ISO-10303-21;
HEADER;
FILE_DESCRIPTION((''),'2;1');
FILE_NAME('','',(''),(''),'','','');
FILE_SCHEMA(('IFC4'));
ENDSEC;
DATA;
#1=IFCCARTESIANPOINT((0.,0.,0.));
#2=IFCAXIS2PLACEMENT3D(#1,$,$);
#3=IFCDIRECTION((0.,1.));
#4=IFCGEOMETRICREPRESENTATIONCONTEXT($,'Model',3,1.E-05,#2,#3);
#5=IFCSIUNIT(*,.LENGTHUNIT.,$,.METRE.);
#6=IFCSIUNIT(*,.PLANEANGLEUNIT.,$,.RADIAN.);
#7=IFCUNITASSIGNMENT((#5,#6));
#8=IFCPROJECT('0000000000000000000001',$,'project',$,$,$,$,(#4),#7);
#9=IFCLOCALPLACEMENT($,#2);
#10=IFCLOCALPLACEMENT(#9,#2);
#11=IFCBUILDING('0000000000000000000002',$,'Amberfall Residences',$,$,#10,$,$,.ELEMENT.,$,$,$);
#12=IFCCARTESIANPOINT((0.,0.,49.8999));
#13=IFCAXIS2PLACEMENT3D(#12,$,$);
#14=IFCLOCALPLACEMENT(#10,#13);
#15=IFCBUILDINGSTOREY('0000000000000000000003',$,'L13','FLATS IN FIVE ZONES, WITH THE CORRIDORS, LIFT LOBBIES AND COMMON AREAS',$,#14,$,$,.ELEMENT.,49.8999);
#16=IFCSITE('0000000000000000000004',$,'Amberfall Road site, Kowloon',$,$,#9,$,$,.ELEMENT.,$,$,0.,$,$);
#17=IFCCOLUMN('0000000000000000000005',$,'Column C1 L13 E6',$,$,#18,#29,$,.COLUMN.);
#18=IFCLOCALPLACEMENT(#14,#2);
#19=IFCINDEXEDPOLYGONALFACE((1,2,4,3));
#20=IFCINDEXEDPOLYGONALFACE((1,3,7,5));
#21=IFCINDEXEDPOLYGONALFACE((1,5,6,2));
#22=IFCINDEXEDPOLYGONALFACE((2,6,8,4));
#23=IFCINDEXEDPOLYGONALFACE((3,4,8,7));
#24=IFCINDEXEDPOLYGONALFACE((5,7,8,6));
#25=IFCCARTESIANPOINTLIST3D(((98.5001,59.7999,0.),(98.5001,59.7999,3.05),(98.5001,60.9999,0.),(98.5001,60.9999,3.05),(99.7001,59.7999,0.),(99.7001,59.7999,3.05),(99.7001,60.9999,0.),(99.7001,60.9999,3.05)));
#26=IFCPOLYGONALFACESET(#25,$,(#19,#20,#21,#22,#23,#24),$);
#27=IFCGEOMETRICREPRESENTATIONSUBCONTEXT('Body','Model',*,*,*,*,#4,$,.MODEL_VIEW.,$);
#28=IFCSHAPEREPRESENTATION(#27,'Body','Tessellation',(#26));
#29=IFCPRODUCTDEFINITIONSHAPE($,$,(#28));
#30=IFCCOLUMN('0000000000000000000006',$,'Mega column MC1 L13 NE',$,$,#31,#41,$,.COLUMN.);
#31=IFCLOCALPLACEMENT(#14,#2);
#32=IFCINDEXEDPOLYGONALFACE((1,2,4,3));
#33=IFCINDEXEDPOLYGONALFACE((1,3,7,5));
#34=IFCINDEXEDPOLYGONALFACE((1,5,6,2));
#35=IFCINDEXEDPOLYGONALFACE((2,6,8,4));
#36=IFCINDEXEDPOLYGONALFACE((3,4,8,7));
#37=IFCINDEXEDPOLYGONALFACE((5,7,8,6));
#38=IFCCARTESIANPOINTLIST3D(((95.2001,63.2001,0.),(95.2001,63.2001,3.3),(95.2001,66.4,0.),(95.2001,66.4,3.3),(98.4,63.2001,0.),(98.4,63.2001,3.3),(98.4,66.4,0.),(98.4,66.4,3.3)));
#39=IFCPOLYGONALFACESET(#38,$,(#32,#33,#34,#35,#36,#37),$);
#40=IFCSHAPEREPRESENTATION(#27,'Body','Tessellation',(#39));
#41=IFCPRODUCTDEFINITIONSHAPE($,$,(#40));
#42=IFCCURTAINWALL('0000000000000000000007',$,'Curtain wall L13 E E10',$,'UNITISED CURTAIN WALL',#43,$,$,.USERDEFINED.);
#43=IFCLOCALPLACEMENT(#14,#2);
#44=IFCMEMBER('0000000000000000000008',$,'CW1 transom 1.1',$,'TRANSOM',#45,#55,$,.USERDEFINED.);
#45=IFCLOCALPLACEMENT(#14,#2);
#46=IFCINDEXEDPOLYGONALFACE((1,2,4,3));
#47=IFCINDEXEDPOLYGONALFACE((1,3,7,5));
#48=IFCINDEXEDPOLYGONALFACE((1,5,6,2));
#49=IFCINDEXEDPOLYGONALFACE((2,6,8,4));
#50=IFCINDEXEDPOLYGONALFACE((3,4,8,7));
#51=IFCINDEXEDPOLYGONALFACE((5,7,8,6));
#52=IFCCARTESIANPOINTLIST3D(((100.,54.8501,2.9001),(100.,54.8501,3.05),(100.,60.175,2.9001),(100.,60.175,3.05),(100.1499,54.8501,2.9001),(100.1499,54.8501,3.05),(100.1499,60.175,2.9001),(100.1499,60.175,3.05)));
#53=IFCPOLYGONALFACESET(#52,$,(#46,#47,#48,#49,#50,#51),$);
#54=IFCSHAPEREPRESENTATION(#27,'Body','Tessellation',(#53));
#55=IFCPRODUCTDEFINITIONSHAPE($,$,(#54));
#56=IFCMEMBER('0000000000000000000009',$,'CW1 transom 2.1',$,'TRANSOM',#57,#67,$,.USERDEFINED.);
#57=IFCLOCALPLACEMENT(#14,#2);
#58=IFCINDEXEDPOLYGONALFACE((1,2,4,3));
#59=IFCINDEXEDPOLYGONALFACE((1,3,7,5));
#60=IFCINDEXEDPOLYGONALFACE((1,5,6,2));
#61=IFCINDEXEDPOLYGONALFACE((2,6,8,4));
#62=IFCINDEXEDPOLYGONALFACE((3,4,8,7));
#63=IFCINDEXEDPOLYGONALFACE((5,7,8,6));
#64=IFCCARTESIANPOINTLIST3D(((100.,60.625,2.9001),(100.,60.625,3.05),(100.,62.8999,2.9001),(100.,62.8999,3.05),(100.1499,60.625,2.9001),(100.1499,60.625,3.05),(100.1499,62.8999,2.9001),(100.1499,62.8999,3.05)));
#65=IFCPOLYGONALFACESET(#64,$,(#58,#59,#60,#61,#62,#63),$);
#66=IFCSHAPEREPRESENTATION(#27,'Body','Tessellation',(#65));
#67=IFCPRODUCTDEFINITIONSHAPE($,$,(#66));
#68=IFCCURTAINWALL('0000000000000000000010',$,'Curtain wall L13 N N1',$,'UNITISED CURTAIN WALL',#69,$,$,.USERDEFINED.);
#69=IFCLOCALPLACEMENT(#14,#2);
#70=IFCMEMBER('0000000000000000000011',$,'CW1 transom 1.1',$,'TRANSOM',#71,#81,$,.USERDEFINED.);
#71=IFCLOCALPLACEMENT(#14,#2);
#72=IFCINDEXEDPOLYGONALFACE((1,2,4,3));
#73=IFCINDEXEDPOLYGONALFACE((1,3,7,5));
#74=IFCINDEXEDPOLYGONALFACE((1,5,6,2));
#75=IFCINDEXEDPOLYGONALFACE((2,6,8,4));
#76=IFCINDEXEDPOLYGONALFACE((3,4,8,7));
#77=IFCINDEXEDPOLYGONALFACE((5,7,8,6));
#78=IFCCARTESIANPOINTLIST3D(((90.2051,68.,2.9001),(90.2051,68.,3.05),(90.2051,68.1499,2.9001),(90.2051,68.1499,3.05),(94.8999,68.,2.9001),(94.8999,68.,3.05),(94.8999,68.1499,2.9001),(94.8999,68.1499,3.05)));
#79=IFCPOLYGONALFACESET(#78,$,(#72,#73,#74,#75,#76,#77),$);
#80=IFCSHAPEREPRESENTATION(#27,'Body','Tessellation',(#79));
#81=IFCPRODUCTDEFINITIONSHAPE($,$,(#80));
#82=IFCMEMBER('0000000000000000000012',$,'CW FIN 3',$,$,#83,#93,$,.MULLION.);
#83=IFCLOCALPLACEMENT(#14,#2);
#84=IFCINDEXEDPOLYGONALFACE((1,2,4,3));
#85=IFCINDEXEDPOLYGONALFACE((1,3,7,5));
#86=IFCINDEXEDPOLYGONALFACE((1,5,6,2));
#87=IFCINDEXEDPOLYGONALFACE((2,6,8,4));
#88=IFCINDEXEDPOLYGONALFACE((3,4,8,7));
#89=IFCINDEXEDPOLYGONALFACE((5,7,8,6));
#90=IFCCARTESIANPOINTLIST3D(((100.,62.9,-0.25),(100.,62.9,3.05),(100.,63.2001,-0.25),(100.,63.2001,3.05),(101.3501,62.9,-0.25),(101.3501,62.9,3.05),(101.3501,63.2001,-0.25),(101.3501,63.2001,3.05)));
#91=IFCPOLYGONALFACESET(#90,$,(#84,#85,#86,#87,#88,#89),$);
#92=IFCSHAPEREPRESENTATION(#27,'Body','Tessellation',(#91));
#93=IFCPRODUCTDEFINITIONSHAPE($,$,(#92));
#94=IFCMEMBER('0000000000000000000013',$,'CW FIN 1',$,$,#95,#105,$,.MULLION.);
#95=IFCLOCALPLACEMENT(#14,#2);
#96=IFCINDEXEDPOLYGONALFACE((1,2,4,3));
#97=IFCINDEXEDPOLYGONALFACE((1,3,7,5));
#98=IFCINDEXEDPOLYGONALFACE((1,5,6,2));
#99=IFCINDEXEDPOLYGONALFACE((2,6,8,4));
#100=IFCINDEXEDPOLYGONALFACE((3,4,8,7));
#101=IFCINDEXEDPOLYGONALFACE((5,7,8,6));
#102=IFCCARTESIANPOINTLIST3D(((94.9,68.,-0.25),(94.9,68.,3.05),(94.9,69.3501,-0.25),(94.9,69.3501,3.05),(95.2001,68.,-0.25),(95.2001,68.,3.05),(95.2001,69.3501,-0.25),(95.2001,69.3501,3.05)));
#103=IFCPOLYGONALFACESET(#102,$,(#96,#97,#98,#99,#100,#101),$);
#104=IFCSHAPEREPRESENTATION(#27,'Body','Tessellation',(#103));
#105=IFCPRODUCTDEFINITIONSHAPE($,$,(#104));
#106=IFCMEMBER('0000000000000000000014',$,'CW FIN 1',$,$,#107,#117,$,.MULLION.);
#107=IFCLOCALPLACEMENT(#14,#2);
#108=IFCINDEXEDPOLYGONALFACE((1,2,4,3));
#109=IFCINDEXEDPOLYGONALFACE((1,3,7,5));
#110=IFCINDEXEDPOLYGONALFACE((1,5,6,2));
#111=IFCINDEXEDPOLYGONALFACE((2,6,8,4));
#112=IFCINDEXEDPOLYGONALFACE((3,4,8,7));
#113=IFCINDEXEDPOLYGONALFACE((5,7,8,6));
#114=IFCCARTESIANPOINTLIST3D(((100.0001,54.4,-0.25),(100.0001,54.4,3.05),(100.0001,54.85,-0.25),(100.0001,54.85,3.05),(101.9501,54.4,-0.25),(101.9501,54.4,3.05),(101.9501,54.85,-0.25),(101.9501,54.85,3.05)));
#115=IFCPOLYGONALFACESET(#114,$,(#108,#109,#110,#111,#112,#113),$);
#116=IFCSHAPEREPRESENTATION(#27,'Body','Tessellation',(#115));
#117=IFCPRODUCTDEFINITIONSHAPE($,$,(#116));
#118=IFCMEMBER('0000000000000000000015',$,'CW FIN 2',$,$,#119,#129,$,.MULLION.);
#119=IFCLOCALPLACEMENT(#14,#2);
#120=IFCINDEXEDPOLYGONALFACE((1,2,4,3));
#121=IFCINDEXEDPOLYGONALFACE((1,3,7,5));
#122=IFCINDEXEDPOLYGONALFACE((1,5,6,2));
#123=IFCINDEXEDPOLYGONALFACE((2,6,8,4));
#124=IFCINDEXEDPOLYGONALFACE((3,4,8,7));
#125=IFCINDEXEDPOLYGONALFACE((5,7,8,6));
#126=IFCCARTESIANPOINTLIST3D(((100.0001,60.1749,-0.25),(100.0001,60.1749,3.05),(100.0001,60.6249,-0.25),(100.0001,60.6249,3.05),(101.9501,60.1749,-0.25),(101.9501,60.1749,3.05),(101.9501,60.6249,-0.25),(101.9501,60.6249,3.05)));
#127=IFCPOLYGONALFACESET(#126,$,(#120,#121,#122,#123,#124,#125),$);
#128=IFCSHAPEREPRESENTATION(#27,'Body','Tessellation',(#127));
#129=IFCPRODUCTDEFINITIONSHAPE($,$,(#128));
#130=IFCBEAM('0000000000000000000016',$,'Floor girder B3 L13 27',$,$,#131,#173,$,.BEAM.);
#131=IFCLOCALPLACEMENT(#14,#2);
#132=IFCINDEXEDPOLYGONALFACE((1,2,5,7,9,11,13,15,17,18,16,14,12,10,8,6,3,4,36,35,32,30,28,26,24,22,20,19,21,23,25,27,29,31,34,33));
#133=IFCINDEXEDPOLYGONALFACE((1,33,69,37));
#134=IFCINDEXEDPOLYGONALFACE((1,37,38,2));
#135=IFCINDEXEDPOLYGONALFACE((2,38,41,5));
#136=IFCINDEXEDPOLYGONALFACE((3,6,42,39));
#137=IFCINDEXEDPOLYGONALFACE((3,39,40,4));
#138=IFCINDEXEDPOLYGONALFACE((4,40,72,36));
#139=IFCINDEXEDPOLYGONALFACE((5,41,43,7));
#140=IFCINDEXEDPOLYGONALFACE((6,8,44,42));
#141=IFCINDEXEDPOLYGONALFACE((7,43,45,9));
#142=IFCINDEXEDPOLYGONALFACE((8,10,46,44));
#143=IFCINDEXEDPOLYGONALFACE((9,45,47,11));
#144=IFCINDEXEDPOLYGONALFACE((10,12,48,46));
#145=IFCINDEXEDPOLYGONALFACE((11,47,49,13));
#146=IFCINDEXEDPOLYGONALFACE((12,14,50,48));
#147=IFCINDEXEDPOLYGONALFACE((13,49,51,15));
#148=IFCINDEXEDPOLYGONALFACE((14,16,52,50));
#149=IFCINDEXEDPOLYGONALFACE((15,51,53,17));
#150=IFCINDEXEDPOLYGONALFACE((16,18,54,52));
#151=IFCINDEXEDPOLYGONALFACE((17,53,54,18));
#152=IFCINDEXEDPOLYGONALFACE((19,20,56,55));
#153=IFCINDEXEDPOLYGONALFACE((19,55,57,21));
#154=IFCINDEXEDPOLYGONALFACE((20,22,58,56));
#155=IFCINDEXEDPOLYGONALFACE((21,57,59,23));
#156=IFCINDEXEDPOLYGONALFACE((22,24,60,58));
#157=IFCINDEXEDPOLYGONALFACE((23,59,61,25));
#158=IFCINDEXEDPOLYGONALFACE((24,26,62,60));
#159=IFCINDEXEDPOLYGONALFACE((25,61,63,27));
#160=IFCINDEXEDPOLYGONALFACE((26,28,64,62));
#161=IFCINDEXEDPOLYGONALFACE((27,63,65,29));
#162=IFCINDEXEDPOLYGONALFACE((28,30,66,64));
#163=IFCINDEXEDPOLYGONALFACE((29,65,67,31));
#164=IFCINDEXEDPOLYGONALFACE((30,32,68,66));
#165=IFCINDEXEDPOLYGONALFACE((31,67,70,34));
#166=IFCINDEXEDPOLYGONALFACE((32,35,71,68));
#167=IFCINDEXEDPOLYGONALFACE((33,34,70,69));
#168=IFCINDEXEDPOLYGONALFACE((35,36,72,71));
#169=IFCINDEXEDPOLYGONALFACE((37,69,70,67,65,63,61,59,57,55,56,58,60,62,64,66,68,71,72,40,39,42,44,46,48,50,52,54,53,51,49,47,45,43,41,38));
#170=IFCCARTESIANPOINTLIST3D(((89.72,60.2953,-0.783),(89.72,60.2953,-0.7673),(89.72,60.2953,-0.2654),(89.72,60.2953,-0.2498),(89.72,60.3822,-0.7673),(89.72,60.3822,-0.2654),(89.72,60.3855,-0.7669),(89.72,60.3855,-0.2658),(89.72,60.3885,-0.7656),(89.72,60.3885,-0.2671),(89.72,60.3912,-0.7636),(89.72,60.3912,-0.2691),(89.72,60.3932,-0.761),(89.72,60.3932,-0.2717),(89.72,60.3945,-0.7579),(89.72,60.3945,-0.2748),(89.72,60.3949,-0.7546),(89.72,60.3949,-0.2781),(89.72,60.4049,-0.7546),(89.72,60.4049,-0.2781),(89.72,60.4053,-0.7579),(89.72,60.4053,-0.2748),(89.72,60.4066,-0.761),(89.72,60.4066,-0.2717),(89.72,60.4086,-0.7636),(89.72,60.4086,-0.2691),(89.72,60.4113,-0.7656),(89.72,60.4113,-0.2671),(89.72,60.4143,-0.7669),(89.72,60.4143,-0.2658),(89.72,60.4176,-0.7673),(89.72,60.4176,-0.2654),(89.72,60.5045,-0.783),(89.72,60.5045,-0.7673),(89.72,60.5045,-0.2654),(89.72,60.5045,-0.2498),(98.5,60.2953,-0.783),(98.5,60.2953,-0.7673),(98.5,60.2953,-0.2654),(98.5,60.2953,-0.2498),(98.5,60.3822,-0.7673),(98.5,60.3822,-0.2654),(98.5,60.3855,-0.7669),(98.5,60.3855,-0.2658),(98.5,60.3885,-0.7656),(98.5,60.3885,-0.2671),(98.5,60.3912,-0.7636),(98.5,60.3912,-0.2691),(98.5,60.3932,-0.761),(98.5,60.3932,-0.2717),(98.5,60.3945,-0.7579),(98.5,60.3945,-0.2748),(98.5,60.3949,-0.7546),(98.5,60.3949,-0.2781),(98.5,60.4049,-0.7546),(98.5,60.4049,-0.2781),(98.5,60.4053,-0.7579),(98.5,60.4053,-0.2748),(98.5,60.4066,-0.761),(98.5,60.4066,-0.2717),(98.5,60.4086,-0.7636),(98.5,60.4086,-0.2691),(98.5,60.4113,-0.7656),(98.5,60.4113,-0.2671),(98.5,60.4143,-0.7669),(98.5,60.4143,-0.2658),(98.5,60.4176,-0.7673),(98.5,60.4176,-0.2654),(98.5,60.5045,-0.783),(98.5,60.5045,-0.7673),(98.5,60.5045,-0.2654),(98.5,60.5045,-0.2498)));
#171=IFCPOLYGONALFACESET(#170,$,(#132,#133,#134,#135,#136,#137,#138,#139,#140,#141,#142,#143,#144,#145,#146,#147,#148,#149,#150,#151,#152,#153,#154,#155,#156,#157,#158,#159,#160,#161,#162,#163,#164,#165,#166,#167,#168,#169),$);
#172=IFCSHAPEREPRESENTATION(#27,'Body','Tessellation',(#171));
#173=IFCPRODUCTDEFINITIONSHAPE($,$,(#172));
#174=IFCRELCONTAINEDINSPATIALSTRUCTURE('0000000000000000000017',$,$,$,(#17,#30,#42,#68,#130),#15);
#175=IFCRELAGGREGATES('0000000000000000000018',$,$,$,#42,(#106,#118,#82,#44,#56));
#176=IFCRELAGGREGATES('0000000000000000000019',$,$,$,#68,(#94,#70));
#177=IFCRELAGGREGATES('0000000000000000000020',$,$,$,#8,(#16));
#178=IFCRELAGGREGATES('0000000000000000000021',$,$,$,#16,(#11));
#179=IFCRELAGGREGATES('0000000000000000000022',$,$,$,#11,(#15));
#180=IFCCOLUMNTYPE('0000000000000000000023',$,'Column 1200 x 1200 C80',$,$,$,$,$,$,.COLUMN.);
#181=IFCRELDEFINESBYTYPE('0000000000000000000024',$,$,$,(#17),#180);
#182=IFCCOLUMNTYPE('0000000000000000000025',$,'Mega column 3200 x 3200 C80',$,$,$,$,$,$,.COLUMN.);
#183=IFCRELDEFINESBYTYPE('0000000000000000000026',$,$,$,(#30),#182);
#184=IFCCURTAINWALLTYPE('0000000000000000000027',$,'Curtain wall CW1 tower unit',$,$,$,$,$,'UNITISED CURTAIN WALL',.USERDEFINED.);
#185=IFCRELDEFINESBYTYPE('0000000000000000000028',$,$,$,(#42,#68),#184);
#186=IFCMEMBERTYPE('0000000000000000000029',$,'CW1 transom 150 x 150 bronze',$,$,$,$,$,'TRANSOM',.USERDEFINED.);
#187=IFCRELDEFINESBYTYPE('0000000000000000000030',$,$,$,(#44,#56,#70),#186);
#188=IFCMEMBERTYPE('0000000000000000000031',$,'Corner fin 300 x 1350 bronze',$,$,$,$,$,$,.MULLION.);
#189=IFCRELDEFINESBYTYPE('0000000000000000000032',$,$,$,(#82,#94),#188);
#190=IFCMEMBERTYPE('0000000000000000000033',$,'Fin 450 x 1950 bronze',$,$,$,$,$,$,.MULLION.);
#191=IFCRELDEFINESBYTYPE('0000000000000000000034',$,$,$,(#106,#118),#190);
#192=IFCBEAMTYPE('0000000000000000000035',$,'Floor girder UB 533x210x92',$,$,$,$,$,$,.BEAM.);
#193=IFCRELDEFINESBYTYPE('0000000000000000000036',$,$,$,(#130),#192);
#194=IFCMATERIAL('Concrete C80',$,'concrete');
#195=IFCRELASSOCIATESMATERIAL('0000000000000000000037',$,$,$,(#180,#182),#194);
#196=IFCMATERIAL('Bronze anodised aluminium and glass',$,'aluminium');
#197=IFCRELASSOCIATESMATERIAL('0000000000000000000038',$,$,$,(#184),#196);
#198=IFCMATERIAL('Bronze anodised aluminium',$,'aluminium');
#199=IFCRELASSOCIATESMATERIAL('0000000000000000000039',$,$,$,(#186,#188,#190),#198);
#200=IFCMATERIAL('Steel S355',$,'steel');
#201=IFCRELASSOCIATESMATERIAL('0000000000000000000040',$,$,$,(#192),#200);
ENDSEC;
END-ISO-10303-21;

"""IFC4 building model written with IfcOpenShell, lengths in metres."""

from ifc_helpers import new_model, si_unit, direction, frame, origin, origin_2d, place, context, subcontext, project, spatial, rectangle, i_section, extrude, material, material_profile, profile_set, type_object, element, aggregate, save


model = new_model("IFC4")

# Units and contexts
model_context = context("Model", 3, precision=1e-05, world=origin(), true_north=direction((0.0, 1.0)))
body_context = subcontext(model_context, "Body", "Model", "MODEL_VIEW")
ifc_project = project(units=[si_unit("LENGTHUNIT", "METRE"), si_unit("PLANEANGLEUNIT", "RADIAN")], contexts=[model_context])

# Site, building, storey
site_placement = place(None, origin())
site = spatial("IfcSite", under=ifc_project, at=site_placement, Name="Amberfall Road site, Kowloon", CompositionType="ELEMENT", RefElevation=0.0)
building_placement = place(site_placement, origin())
building = spatial("IfcBuilding", under=site, at=building_placement, Name="Amberfall Residences", CompositionType="ELEMENT")
storey_placement = place(building_placement, frame((0.0, 0.0, 49.8999)))
storey = spatial("IfcBuildingStorey", under=building, at=storey_placement, Name="L13", Description="FLATS IN FIVE ZONES, WITH THE CORRIDORS, LIFT LOBBIES AND COMMON AREAS", CompositionType="ELEMENT", Elevation=49.8999)

# Columns
ifc_material_1 = material(Name="Concrete C80", Category="concrete")
ifc_material_profile_1 = material_profile(ifc_material_1, rectangle(XDim=1.2, YDim=1.2, at=origin_2d()), Name="Column 1200 x 1200 C80")
ifc_profile_set_1 = profile_set([ifc_material_profile_1], Name="Concrete C80")
column_type_1 = type_object("IfcColumnType", Name="Column 1200 x 1200 C80", PredefinedType="COLUMN", material=ifc_profile_set_1)
column_1_placement = place(storey_placement, frame((99.1001, 60.3999, 0.0), z_axis=(0.0, 0.0, 1.0), x_axis=(1.0, 0.0, 0.0)))
element("IfcColumn", 1, at=column_1_placement, inside=storey, type_object=column_type_1, Name="Column C1 L13 E6", PredefinedType="COLUMN", context=body_context, shape_type="SweptSolid", body=[
    extrude(rectangle(XDim=1.2, YDim=1.2, at=origin_2d()), origin(), (0.0, 0.0, 1.0), 3.05),
])
ifc_material_profile_2 = material_profile(ifc_material_1, rectangle(XDim=3.2, YDim=3.2, at=origin_2d()), Name="Mega column 3200 x 3200 C80")
ifc_profile_set_2 = profile_set([ifc_material_profile_2], Name="Concrete C80")
column_type_2 = type_object("IfcColumnType", Name="Mega column 3200 x 3200 C80", PredefinedType="COLUMN", material=ifc_profile_set_2)
column_2_placement = place(storey_placement, frame((96.8, 64.8, 0.0), z_axis=(0.0, 0.0, 1.0), x_axis=(1.0, 0.0, 0.0)))
element("IfcColumn", 2, at=column_2_placement, inside=storey, type_object=column_type_2, Name="Mega column MC1 L13 NE", PredefinedType="COLUMN", context=body_context, shape_type="SweptSolid", body=[
    extrude(rectangle(XDim=3.2, YDim=3.2, at=origin_2d()), origin(), (0.0, 0.0, 1.0), 3.3),
])

# Curtain wall, members
ifc_material_2 = material(Name="Bronze anodised aluminium and glass", Category="aluminium")
curtain_wall_type = type_object("IfcCurtainWallType", Name="Curtain wall CW1 tower unit", ElementType="UNITISED CURTAIN WALL", PredefinedType="USERDEFINED", material=ifc_material_2)
curtain_wall_1_placement = place(storey_placement, origin())
curtain_wall_1 = element("IfcCurtainWall", 3, at=curtain_wall_1_placement, inside=storey, type_object=curtain_wall_type, Name="Curtain wall L13 E E10", ObjectType="UNITISED CURTAIN WALL", PredefinedType="USERDEFINED")
ifc_material_3 = material(Name="Bronze anodised aluminium", Category="aluminium")
ifc_material_profile_3 = material_profile(ifc_material_3, rectangle(XDim=0.1499, YDim=0.1499, at=origin_2d()), Name="CW1 transom 150 x 150 bronze")
ifc_profile_set_3 = profile_set([ifc_material_profile_3], Name="Bronze anodised aluminium")
member_type_1 = type_object("IfcMemberType", Name="CW1 transom 150 x 150 bronze", ElementType="TRANSOM", PredefinedType="USERDEFINED", material=ifc_profile_set_3)
member_1_placement = place(storey_placement, frame((100.075, 54.8501, 2.9751), z_axis=(0.0, 1.0, 0.0), x_axis=(-1.0, 0.0, 0.0)))
member_1 = element("IfcMember", 4, at=member_1_placement, type_object=member_type_1, Name="CW1 transom 1.1", ObjectType="TRANSOM", PredefinedType="USERDEFINED", context=body_context, shape_type="SweptSolid", body=[
    extrude(rectangle(XDim=0.1499, YDim=0.1499, at=origin_2d()), origin(), (0.0, 0.0, 1.0), 5.325),
])
member_2_placement = place(storey_placement, frame((100.075, 60.625, 2.9751), z_axis=(0.0, 1.0, 0.0), x_axis=(-1.0, 0.0, 0.0)))
member_2 = element("IfcMember", 5, at=member_2_placement, type_object=member_type_1, Name="CW1 transom 2.1", ObjectType="TRANSOM", PredefinedType="USERDEFINED", context=body_context, shape_type="SweptSolid", body=[
    extrude(rectangle(XDim=0.1499, YDim=0.1499, at=origin_2d()), origin(), (0.0, 0.0, 1.0), 2.2749),
])

# Curtain wall, member
curtain_wall_2_placement = place(storey_placement, origin())
curtain_wall_2 = element("IfcCurtainWall", 6, at=curtain_wall_2_placement, inside=storey, type_object=curtain_wall_type, Name="Curtain wall L13 N N1", ObjectType="UNITISED CURTAIN WALL", PredefinedType="USERDEFINED")
member_3_placement = place(storey_placement, frame((94.8999, 68.075, 2.9751), z_axis=(-1.0, 0.0, 0.0), x_axis=(0.0, -1.0, 0.0)))
member_3 = element("IfcMember", 7, at=member_3_placement, type_object=member_type_1, Name="CW1 transom 1.1", ObjectType="TRANSOM", PredefinedType="USERDEFINED", context=body_context, shape_type="SweptSolid", body=[
    extrude(rectangle(XDim=0.1499, YDim=0.1499, at=origin_2d()), origin(), (0.0, 0.0, 1.0), 4.6948),
])

# Members
ifc_material_profile_4 = material_profile(ifc_material_3, rectangle(XDim=1.3501, YDim=0.3, at=origin_2d()), Name="Corner fin 300 x 1350 bronze")
ifc_profile_set_4 = profile_set([ifc_material_profile_4], Name="Bronze anodised aluminium")
member_type_2 = type_object("IfcMemberType", Name="Corner fin 300 x 1350 bronze", PredefinedType="MULLION", material=ifc_profile_set_4)
member_4_placement = place(storey_placement, frame((100.675, 63.05, -0.25), z_axis=(0.0, 0.0, 1.0), x_axis=(-1.0, 0.0, 0.0)))
member_4 = element("IfcMember", 8, at=member_4_placement, type_object=member_type_2, Name="CW FIN 3", PredefinedType="MULLION", context=body_context, shape_type="SweptSolid", body=[
    extrude(rectangle(XDim=1.3501, YDim=0.3, at=origin_2d()), origin(), (0.0, 0.0, 1.0), 3.3),
])
member_5_placement = place(storey_placement, frame((95.05, 68.675, -0.25), z_axis=(0.0, 0.0, 1.0), x_axis=(0.0, -1.0, 0.0)))
member_5 = element("IfcMember", 9, at=member_5_placement, type_object=member_type_2, Name="CW FIN 1", PredefinedType="MULLION", context=body_context, shape_type="SweptSolid", body=[
    extrude(rectangle(XDim=1.3501, YDim=0.3, at=origin_2d()), origin(), (0.0, 0.0, 1.0), 3.3),
])
ifc_material_profile_5 = material_profile(ifc_material_3, rectangle(XDim=1.95, YDim=0.45, at=origin_2d()), Name="Fin 450 x 1950 bronze")
ifc_profile_set_5 = profile_set([ifc_material_profile_5], Name="Bronze anodised aluminium")
member_type_3 = type_object("IfcMemberType", Name="Fin 450 x 1950 bronze", PredefinedType="MULLION", material=ifc_profile_set_5)
member_6_placement = place(storey_placement, frame((100.9751, 54.625, -0.25), z_axis=(0.0, 0.0, 1.0), x_axis=(-1.0, 0.0, 0.0)))
member_6 = element("IfcMember", 10, at=member_6_placement, type_object=member_type_3, Name="CW FIN 1", PredefinedType="MULLION", context=body_context, shape_type="SweptSolid", body=[
    extrude(rectangle(XDim=1.95, YDim=0.45, at=origin_2d()), origin(), (0.0, 0.0, 1.0), 3.3),
])
member_7_placement = place(storey_placement, frame((100.9751, 60.3999, -0.25), z_axis=(0.0, 0.0, 1.0), x_axis=(-1.0, 0.0, 0.0)))
member_7 = element("IfcMember", 11, at=member_7_placement, type_object=member_type_3, Name="CW FIN 2", PredefinedType="MULLION", context=body_context, shape_type="SweptSolid", body=[
    extrude(rectangle(XDim=1.95, YDim=0.45, at=origin_2d()), origin(), (0.0, 0.0, 1.0), 3.3),
])

# Beam
ifc_material_4 = material(Name="Steel S355", Category="steel")
ifc_material_profile_6 = material_profile(ifc_material_4, i_section(OverallWidth=0.2092, OverallDepth=0.5332, WebThickness=0.01, FlangeThickness=0.0156, FilletRadius=0.0127, at=origin_2d()), Name="UB 533x210x92")
ifc_profile_set_6 = profile_set([ifc_material_profile_6], Name="Steel S355")
beam_type_1 = type_object("IfcBeamType", Name="Floor girder UB 533x210x92", PredefinedType="BEAM", material=ifc_profile_set_6)
beam_1_placement = place(storey_placement, frame((98.5, 60.3999, -0.5164), z_axis=(-1.0, 0.0, 0.0), x_axis=(0.0, -1.0, 0.0)))
element("IfcBeam", 12, at=beam_1_placement, inside=storey, type_object=beam_type_1, Name="Floor girder B3 L13 27", PredefinedType="BEAM", context=body_context, shape_type="SweptSolid", body=[
    extrude(i_section(OverallWidth=0.2092, OverallDepth=0.5332, WebThickness=0.01, FlangeThickness=0.0156, FilletRadius=0.0127, at=origin_2d()), origin(), (0.0, 0.0, 1.0), 8.78),
])

aggregate(curtain_wall_1, [member_6, member_7, member_4, member_1, member_2])
aggregate(curtain_wall_2, [member_5, member_3])

save(model, "model.ifc")
